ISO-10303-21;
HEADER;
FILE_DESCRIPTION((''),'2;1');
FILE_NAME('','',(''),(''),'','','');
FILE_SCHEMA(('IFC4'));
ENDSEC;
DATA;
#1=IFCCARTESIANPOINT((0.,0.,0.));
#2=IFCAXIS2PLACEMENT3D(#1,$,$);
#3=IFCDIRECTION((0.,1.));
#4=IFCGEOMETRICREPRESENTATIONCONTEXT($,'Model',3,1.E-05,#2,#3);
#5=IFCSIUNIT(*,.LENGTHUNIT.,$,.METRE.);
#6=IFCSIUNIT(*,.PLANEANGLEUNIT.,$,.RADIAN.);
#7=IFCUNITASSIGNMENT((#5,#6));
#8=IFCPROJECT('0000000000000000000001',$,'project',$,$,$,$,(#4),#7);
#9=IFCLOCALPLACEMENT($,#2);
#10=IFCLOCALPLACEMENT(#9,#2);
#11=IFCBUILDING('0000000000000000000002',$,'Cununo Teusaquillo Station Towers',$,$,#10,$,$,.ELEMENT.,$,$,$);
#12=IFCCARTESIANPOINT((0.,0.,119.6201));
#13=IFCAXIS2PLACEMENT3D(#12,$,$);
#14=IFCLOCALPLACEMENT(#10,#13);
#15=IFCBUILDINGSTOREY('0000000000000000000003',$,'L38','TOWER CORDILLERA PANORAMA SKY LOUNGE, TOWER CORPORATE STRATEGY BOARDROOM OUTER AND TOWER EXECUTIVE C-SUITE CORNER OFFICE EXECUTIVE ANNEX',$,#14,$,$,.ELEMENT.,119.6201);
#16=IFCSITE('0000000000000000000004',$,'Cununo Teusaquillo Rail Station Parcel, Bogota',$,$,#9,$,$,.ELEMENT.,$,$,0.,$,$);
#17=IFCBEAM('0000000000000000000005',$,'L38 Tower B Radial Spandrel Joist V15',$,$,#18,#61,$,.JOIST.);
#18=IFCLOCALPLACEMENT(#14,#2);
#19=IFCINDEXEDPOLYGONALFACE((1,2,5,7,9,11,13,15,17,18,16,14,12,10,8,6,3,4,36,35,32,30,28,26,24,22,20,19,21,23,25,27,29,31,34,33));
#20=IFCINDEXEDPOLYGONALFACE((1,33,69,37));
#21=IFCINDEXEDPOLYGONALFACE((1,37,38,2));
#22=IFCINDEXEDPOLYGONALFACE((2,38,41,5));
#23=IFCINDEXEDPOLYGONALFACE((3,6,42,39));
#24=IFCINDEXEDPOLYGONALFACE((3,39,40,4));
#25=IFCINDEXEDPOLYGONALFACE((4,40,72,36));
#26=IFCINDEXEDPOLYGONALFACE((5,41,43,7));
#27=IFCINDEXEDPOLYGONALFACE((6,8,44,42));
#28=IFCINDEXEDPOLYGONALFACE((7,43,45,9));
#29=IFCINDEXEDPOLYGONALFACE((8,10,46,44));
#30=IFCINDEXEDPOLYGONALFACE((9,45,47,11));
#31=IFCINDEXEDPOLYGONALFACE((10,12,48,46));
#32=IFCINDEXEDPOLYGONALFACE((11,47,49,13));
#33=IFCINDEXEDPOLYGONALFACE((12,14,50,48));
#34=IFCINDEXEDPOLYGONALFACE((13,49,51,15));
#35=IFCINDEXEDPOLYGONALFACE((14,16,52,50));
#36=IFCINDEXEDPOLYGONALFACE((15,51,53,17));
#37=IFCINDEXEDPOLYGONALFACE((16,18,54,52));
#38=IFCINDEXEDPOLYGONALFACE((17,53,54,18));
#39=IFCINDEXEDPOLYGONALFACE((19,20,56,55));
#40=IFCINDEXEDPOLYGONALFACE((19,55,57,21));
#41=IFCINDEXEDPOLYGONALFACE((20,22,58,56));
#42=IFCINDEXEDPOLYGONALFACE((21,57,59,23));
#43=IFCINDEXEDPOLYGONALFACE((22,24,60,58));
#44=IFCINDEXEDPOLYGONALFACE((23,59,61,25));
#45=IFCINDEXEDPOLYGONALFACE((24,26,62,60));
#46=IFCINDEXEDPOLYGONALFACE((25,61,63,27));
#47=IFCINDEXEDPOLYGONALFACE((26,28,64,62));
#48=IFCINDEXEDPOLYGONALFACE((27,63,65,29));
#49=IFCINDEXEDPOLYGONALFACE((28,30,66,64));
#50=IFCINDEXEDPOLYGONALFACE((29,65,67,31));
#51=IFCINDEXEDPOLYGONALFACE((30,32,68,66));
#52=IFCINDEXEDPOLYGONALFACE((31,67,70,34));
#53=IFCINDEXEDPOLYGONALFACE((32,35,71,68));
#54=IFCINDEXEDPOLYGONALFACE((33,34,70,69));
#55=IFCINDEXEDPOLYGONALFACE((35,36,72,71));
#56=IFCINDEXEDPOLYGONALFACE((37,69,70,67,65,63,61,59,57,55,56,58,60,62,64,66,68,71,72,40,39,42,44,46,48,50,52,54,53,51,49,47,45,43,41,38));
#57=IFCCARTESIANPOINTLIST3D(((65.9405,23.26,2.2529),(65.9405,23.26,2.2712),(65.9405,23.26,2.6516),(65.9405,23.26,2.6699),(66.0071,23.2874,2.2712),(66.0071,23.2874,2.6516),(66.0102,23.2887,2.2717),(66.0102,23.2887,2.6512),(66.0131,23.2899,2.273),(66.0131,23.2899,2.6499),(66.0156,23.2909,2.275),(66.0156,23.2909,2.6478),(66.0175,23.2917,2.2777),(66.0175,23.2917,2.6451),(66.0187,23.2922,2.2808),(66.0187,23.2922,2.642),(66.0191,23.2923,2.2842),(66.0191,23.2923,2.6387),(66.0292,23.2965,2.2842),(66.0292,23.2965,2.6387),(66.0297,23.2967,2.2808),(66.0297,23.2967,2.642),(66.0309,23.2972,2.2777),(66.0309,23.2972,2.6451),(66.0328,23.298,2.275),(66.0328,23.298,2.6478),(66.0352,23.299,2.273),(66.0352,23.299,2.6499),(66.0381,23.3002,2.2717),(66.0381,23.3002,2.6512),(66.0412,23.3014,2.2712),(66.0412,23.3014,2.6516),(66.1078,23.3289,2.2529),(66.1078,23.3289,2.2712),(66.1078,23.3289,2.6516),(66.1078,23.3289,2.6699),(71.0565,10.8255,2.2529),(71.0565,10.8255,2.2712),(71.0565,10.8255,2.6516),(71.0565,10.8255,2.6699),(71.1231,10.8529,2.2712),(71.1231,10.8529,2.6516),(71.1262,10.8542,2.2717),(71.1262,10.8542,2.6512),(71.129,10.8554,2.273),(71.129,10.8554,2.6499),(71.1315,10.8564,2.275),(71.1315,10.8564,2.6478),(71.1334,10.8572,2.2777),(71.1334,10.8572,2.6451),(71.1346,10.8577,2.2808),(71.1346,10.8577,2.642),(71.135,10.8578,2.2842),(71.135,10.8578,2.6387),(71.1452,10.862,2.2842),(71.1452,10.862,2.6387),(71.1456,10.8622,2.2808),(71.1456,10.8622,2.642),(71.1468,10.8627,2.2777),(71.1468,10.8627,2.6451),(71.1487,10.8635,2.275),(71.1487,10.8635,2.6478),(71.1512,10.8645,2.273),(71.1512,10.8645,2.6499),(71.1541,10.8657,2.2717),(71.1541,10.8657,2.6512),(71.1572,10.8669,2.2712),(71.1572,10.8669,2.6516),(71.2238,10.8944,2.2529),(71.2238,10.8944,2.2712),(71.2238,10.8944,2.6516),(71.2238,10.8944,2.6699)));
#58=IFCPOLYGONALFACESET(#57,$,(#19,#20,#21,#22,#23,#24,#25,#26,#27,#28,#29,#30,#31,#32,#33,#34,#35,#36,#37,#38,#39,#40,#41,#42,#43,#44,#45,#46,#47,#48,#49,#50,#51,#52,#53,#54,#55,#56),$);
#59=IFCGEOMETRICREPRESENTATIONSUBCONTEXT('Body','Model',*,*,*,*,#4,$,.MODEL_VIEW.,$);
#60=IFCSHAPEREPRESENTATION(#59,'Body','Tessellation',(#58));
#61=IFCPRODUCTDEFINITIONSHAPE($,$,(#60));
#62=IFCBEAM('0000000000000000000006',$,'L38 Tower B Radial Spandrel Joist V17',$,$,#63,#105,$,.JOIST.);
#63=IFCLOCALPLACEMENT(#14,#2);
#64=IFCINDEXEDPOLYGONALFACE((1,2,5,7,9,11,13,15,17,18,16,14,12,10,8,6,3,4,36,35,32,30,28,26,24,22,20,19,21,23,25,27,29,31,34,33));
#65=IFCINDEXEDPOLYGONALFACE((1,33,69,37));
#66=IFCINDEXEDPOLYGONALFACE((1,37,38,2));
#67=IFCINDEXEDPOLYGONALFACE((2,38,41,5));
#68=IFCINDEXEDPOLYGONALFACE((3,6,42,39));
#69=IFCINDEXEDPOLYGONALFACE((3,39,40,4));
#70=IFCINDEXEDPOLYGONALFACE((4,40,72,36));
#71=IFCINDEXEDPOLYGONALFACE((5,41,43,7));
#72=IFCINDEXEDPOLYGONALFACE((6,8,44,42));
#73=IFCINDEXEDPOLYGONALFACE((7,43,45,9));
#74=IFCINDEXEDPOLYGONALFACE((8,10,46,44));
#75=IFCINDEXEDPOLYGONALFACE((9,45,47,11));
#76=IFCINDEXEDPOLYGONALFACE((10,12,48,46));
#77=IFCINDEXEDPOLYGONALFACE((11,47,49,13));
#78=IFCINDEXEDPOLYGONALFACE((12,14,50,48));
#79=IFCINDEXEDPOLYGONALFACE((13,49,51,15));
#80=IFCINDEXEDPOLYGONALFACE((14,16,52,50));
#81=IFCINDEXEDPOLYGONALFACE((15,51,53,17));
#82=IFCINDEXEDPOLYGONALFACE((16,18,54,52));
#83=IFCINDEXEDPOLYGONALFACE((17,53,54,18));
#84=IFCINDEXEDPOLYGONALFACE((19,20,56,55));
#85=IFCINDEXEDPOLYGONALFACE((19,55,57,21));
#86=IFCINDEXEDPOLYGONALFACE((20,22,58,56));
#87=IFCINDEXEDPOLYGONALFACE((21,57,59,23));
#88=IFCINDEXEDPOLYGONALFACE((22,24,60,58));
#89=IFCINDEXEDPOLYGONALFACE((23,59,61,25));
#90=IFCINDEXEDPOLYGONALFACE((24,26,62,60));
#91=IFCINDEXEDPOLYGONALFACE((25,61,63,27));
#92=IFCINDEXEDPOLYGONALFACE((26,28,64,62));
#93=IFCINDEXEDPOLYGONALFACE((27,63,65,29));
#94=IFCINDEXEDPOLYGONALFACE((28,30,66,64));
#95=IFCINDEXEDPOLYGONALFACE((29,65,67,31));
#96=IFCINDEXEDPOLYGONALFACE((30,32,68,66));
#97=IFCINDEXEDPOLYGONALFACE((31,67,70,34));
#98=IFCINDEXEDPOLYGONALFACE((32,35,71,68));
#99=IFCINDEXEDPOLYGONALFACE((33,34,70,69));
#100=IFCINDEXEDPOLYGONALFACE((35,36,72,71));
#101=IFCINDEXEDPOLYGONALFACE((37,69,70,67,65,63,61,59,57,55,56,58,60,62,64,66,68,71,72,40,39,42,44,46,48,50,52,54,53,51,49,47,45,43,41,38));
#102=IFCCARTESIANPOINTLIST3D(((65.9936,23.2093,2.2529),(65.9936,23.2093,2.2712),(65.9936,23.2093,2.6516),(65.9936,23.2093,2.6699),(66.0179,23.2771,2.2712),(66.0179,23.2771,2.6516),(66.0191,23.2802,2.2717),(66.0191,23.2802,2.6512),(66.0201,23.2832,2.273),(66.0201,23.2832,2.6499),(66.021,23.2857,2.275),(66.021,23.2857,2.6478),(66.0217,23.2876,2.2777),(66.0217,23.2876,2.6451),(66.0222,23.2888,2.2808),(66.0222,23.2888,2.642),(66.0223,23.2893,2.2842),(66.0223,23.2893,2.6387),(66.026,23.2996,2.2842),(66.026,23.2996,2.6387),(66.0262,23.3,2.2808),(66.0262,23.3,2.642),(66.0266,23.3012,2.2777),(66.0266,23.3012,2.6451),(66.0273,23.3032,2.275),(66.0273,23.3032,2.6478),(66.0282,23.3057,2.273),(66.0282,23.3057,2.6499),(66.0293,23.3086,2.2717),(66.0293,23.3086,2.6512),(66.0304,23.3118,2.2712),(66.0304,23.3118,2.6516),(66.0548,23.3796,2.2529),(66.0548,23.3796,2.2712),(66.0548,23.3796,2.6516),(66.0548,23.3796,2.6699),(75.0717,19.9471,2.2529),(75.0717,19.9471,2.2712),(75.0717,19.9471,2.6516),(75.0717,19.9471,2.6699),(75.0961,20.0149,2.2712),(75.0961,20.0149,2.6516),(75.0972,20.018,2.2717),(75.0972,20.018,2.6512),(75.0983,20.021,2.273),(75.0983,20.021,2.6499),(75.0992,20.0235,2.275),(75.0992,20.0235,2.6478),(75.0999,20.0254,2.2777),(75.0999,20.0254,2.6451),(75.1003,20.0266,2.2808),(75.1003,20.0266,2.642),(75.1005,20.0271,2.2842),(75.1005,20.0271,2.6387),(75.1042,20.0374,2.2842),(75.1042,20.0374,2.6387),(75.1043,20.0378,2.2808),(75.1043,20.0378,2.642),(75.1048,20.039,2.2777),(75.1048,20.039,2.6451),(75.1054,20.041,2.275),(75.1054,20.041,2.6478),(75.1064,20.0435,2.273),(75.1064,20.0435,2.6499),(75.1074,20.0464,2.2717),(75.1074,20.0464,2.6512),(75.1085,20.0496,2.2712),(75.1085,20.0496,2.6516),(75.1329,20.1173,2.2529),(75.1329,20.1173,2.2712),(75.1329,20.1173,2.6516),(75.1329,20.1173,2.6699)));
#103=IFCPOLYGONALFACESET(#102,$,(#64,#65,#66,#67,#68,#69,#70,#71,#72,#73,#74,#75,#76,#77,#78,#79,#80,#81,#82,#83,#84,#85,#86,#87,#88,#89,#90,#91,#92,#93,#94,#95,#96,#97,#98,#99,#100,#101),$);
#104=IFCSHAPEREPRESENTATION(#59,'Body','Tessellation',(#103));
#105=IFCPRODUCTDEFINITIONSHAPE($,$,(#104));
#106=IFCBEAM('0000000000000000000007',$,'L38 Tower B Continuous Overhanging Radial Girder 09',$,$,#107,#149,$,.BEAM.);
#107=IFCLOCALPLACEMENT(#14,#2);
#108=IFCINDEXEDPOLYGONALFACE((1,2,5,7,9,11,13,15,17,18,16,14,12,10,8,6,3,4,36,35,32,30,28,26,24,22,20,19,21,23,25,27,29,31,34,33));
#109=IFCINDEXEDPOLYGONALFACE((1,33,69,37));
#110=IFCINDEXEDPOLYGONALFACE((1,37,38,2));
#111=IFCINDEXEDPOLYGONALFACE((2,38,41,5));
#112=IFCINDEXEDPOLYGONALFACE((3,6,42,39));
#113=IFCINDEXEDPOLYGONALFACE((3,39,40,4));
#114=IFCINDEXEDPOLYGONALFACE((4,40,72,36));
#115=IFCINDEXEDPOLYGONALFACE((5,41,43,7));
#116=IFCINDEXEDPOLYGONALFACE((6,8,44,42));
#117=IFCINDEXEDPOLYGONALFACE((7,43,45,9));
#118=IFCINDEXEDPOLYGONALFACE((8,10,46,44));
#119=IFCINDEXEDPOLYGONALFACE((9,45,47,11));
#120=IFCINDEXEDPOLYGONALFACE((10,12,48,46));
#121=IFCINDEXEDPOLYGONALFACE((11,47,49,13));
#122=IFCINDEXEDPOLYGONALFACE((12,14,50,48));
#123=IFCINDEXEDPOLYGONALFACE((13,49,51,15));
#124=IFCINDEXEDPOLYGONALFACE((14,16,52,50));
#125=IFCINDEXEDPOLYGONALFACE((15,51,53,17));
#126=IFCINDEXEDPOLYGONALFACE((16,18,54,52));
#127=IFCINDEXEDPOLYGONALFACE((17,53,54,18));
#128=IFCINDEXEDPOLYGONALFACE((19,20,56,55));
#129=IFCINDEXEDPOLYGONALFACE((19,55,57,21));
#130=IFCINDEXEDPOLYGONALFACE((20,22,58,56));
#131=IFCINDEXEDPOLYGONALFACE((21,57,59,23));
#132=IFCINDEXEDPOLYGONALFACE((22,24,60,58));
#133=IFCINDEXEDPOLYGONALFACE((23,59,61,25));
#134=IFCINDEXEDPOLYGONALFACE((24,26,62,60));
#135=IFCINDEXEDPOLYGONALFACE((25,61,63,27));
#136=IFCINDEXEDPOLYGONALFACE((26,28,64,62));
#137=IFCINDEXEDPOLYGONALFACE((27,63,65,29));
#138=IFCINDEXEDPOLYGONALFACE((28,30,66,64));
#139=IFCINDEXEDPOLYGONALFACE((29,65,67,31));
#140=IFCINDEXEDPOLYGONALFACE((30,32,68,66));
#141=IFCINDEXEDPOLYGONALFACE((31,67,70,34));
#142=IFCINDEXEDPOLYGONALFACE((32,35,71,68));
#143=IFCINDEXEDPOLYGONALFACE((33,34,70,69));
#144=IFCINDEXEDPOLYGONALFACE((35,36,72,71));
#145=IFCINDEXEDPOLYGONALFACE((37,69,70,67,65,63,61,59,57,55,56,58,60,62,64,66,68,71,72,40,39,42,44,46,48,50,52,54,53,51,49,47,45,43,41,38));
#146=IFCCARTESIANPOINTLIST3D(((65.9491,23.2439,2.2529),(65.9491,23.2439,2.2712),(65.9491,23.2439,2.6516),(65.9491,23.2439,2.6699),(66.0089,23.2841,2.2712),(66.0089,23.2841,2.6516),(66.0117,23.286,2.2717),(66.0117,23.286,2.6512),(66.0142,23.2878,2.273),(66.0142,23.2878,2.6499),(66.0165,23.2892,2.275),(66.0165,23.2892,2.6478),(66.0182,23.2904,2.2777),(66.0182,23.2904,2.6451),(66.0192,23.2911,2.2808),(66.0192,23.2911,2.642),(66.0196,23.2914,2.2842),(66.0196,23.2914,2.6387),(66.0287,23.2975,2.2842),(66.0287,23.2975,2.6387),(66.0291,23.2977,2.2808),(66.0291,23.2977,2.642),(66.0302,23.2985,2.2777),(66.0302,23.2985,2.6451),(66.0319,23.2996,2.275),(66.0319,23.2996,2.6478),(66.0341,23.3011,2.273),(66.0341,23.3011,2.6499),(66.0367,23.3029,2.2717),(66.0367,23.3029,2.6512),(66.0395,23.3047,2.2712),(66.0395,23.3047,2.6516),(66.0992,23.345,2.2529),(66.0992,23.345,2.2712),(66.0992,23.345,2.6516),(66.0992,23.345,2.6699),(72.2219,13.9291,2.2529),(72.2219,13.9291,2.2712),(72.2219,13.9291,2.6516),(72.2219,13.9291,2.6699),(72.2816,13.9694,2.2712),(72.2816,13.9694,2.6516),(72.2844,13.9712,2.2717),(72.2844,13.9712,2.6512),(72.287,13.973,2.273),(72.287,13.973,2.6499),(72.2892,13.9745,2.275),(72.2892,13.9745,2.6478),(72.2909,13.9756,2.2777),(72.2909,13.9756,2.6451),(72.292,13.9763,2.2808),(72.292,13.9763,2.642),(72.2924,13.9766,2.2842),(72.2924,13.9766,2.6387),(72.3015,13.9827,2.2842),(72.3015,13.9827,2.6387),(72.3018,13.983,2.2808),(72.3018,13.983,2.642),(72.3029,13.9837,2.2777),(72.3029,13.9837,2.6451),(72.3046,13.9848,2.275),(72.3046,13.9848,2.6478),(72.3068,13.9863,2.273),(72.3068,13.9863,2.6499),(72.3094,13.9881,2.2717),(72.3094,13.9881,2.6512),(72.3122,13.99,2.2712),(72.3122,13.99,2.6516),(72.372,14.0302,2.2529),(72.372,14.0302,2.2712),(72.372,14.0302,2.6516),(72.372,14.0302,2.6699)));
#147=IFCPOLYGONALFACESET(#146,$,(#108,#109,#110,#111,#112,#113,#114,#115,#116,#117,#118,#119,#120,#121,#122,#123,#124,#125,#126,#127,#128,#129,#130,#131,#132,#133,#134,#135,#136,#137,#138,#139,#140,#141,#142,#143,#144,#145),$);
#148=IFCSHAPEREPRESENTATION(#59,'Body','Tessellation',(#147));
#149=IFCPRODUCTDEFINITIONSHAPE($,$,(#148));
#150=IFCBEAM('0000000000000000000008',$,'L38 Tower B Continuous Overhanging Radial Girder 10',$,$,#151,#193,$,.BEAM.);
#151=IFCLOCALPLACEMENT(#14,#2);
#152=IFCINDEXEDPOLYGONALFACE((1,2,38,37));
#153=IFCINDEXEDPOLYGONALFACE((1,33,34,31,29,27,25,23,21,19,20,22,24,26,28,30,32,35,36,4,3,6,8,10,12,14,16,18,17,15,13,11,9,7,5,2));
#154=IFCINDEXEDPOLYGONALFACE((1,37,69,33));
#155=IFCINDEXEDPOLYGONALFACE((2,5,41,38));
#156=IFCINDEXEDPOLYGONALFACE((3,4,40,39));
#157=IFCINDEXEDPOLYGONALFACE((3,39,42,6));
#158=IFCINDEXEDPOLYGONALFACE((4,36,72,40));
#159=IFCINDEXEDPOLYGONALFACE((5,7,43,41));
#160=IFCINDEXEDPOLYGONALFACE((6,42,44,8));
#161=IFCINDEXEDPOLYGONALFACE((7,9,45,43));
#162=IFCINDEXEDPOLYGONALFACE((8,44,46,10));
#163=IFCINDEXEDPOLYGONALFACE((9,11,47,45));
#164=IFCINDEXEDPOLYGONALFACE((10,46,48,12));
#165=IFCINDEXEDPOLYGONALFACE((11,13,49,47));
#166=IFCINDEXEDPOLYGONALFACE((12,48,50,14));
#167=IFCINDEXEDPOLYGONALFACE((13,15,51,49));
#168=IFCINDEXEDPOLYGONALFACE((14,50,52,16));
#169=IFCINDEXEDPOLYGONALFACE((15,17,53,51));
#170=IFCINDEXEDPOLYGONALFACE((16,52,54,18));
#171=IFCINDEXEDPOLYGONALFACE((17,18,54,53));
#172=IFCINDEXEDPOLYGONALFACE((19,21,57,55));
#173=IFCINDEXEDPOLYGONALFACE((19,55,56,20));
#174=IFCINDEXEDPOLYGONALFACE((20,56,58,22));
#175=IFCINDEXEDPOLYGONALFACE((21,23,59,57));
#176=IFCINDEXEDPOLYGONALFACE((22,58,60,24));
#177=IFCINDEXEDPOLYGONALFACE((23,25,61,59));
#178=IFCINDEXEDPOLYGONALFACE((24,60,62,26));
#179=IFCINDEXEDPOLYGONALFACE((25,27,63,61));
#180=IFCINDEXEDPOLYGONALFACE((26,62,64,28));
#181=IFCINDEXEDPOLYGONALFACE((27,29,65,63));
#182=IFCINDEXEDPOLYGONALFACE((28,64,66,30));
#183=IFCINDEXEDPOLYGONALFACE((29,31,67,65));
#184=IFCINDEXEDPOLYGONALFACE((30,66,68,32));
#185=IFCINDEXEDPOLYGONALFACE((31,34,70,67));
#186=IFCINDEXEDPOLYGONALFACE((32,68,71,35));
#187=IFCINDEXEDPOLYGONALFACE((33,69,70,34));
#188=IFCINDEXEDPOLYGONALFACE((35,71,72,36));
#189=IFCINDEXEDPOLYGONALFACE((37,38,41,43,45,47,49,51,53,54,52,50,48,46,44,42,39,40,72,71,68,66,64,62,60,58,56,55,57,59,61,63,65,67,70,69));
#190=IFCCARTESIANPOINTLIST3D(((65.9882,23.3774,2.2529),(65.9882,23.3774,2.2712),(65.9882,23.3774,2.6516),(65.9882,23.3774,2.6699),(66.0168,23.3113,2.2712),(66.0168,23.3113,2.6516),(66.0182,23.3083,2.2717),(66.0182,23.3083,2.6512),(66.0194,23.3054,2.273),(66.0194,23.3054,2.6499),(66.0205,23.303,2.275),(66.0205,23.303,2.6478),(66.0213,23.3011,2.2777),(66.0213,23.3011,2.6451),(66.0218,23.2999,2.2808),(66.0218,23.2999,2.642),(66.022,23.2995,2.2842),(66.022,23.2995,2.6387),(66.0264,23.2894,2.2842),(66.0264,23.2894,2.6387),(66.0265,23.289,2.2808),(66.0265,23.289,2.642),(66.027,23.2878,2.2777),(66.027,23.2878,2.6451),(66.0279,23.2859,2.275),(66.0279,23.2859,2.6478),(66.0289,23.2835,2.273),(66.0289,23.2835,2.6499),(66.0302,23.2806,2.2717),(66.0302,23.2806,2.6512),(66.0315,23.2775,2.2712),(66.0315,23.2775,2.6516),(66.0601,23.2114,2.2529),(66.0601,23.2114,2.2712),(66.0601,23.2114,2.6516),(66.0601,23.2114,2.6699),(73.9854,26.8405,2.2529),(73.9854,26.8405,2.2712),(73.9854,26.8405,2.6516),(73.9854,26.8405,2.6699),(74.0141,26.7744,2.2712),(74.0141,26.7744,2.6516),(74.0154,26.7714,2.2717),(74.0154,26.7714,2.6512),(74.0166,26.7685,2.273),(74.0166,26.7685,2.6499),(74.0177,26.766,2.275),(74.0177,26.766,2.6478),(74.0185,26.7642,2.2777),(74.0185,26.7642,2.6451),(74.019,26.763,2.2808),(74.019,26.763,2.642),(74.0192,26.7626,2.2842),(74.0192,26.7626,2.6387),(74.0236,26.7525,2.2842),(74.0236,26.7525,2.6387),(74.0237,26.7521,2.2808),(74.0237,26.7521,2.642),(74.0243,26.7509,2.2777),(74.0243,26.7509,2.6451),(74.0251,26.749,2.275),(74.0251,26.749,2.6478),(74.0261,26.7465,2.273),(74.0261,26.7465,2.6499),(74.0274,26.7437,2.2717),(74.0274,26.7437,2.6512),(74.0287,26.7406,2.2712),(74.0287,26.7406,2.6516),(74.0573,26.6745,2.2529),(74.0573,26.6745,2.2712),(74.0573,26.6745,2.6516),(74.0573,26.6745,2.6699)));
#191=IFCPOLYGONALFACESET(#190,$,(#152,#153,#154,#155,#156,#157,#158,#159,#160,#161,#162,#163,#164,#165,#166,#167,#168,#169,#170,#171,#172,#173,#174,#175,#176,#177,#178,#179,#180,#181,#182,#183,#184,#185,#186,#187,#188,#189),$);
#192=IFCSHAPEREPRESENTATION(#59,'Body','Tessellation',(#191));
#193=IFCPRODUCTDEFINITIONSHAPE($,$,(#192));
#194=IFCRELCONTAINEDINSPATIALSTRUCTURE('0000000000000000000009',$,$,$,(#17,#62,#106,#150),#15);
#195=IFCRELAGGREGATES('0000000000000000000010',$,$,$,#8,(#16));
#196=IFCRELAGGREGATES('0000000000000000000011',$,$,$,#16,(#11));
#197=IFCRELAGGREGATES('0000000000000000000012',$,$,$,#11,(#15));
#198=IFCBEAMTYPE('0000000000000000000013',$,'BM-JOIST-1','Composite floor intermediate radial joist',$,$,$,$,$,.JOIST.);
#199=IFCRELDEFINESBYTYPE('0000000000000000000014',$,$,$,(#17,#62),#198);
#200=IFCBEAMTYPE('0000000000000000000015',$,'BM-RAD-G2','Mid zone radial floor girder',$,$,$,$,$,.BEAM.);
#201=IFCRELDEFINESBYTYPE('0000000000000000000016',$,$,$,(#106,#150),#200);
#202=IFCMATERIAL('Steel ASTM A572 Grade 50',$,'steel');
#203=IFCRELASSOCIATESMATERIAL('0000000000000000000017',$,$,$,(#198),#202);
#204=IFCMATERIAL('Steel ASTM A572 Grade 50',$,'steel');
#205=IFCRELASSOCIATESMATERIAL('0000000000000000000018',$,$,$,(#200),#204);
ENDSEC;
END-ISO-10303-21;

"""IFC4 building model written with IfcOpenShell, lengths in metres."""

from ifc_helpers import new_model, si_unit, direction, frame, origin, origin_2d, place, context, subcontext, project, spatial, i_section, extrude, material, material_profile, profile_set, type_object, element, save


model = new_model("IFC4")

# Units and contexts
model_context = context("Model", 3, precision=1e-05, world=origin(), true_north=direction((0.0, 1.0)))
body_context = subcontext(model_context, "Body", "Model", "MODEL_VIEW")
ifc_project = project(units=[si_unit("LENGTHUNIT", "METRE"), si_unit("PLANEANGLEUNIT", "RADIAN")], contexts=[model_context])

# Site, building, storey
site_placement = place(None, origin())
site = spatial("IfcSite", under=ifc_project, at=site_placement, Name="Cununo Teusaquillo Rail Station Parcel, Bogota", CompositionType="ELEMENT", RefElevation=0.0)
building_placement = place(site_placement, origin())
building = spatial("IfcBuilding", under=site, at=building_placement, Name="Cununo Teusaquillo Station Towers", CompositionType="ELEMENT")
storey_placement = place(building_placement, frame((0.0, 0.0, 119.6201)))
storey = spatial("IfcBuildingStorey", under=building, at=storey_placement, Name="L38", Description="TOWER CORDILLERA PANORAMA SKY LOUNGE, TOWER CORPORATE STRATEGY BOARDROOM OUTER AND TOWER EXECUTIVE C-SUITE CORNER OFFICE EXECUTIVE ANNEX", CompositionType="ELEMENT", Elevation=119.6201)

# Beams
ifc_material_1 = material(Name="Steel ASTM A572 Grade 50", Category="steel")
ifc_material_profile_1 = material_profile(ifc_material_1, i_section(OverallWidth=0.1809, OverallDepth=0.417, WebThickness=0.011, FlangeThickness=0.0183, FilletRadius=0.0129, at=origin_2d()), Name="W16X57")
ifc_profile_set_1 = profile_set([ifc_material_profile_1], Name="Steel ASTM A572 Grade 50")
beam_type_1 = type_object("IfcBeamType", Name="BM-JOIST-1", Description="Composite floor intermediate radial joist", PredefinedType="JOIST", material=ifc_profile_set_1)
beam_1_placement = place(storey_placement, frame((66.0242, 23.2944, 2.4614), z_axis=(0.380486, -0.924787, 0.0), x_axis=(0.924787, 0.380486, 0.0)))
element("IfcBeam", 1, at=beam_1_placement, inside=storey, type_object=beam_type_1, Name="L38 Tower B Radial Spandrel Joist V15", PredefinedType="JOIST", context=body_context, shape_type="SweptSolid", body=[
    extrude(i_section(OverallWidth=0.1809, OverallDepth=0.417, WebThickness=0.011, FlangeThickness=0.0183, FilletRadius=0.0129, at=origin_2d()), origin(), (0.0, 0.0, 1.0), 13.4458),
])
beam_2_placement = place(storey_placement, frame((66.0242, 23.2944, 2.4614), z_axis=(0.941083, -0.338176, 0.0), x_axis=(0.338176, 0.941083, 0.0)))
element("IfcBeam", 2, at=beam_2_placement, inside=storey, type_object=beam_type_1, Name="L38 Tower B Radial Spandrel Joist V17", PredefinedType="JOIST", context=body_context, shape_type="SweptSolid", body=[
    extrude(i_section(OverallWidth=0.1809, OverallDepth=0.417, WebThickness=0.011, FlangeThickness=0.0183, FilletRadius=0.0129, at=origin_2d()), origin(), (0.0, 0.0, 1.0), 9.6465),
])
ifc_material_2 = material(Name="Steel ASTM A572 Grade 50", Category="steel")
ifc_material_profile_2 = material_profile(ifc_material_2, i_section(OverallWidth=0.1809, OverallDepth=0.417, WebThickness=0.011, FlangeThickness=0.0183, FilletRadius=0.0129, at=origin_2d()), Name="W16X57")
ifc_profile_set_2 = profile_set([ifc_material_profile_2], Name="Steel ASTM A572 Grade 50")
beam_type_2 = type_object("IfcBeamType", Name="BM-RAD-G2", Description="Mid zone radial floor girder", PredefinedType="BEAM", material=ifc_profile_set_2)
beam_3_placement = place(storey_placement, frame((66.0242, 23.2944, 2.4614), z_axis=(0.558572, -0.829456, 0.0), x_axis=(0.829456, 0.558572, 0.0)))
element("IfcBeam", 3, at=beam_3_placement, inside=storey, type_object=beam_type_2, Name="L38 Tower B Continuous Overhanging Radial Girder 09", PredefinedType="BEAM", context=body_context, shape_type="SweptSolid", body=[
    extrude(i_section(OverallWidth=0.1809, OverallDepth=0.417, WebThickness=0.011, FlangeThickness=0.0183, FilletRadius=0.0129, at=origin_2d()), origin(), (0.0, 0.0, 1.0), 11.23),
])
beam_4_placement = place(storey_placement, frame((66.0242, 23.2944, 2.4614), z_axis=(0.917655, 0.397379, 0.0), x_axis=(-0.397379, 0.917655, 0.0)))
element("IfcBeam", 4, at=beam_4_placement, inside=storey, type_object=beam_type_2, Name="L38 Tower B Continuous Overhanging Radial Girder 10", PredefinedType="BEAM", context=body_context, shape_type="SweptSolid", body=[
    extrude(i_section(OverallWidth=0.1809, OverallDepth=0.417, WebThickness=0.011, FlangeThickness=0.0183, FilletRadius=0.0129, at=origin_2d()), origin(), (0.0, 0.0, 1.0), 8.7148),
])

save(model, "model.ifc")
